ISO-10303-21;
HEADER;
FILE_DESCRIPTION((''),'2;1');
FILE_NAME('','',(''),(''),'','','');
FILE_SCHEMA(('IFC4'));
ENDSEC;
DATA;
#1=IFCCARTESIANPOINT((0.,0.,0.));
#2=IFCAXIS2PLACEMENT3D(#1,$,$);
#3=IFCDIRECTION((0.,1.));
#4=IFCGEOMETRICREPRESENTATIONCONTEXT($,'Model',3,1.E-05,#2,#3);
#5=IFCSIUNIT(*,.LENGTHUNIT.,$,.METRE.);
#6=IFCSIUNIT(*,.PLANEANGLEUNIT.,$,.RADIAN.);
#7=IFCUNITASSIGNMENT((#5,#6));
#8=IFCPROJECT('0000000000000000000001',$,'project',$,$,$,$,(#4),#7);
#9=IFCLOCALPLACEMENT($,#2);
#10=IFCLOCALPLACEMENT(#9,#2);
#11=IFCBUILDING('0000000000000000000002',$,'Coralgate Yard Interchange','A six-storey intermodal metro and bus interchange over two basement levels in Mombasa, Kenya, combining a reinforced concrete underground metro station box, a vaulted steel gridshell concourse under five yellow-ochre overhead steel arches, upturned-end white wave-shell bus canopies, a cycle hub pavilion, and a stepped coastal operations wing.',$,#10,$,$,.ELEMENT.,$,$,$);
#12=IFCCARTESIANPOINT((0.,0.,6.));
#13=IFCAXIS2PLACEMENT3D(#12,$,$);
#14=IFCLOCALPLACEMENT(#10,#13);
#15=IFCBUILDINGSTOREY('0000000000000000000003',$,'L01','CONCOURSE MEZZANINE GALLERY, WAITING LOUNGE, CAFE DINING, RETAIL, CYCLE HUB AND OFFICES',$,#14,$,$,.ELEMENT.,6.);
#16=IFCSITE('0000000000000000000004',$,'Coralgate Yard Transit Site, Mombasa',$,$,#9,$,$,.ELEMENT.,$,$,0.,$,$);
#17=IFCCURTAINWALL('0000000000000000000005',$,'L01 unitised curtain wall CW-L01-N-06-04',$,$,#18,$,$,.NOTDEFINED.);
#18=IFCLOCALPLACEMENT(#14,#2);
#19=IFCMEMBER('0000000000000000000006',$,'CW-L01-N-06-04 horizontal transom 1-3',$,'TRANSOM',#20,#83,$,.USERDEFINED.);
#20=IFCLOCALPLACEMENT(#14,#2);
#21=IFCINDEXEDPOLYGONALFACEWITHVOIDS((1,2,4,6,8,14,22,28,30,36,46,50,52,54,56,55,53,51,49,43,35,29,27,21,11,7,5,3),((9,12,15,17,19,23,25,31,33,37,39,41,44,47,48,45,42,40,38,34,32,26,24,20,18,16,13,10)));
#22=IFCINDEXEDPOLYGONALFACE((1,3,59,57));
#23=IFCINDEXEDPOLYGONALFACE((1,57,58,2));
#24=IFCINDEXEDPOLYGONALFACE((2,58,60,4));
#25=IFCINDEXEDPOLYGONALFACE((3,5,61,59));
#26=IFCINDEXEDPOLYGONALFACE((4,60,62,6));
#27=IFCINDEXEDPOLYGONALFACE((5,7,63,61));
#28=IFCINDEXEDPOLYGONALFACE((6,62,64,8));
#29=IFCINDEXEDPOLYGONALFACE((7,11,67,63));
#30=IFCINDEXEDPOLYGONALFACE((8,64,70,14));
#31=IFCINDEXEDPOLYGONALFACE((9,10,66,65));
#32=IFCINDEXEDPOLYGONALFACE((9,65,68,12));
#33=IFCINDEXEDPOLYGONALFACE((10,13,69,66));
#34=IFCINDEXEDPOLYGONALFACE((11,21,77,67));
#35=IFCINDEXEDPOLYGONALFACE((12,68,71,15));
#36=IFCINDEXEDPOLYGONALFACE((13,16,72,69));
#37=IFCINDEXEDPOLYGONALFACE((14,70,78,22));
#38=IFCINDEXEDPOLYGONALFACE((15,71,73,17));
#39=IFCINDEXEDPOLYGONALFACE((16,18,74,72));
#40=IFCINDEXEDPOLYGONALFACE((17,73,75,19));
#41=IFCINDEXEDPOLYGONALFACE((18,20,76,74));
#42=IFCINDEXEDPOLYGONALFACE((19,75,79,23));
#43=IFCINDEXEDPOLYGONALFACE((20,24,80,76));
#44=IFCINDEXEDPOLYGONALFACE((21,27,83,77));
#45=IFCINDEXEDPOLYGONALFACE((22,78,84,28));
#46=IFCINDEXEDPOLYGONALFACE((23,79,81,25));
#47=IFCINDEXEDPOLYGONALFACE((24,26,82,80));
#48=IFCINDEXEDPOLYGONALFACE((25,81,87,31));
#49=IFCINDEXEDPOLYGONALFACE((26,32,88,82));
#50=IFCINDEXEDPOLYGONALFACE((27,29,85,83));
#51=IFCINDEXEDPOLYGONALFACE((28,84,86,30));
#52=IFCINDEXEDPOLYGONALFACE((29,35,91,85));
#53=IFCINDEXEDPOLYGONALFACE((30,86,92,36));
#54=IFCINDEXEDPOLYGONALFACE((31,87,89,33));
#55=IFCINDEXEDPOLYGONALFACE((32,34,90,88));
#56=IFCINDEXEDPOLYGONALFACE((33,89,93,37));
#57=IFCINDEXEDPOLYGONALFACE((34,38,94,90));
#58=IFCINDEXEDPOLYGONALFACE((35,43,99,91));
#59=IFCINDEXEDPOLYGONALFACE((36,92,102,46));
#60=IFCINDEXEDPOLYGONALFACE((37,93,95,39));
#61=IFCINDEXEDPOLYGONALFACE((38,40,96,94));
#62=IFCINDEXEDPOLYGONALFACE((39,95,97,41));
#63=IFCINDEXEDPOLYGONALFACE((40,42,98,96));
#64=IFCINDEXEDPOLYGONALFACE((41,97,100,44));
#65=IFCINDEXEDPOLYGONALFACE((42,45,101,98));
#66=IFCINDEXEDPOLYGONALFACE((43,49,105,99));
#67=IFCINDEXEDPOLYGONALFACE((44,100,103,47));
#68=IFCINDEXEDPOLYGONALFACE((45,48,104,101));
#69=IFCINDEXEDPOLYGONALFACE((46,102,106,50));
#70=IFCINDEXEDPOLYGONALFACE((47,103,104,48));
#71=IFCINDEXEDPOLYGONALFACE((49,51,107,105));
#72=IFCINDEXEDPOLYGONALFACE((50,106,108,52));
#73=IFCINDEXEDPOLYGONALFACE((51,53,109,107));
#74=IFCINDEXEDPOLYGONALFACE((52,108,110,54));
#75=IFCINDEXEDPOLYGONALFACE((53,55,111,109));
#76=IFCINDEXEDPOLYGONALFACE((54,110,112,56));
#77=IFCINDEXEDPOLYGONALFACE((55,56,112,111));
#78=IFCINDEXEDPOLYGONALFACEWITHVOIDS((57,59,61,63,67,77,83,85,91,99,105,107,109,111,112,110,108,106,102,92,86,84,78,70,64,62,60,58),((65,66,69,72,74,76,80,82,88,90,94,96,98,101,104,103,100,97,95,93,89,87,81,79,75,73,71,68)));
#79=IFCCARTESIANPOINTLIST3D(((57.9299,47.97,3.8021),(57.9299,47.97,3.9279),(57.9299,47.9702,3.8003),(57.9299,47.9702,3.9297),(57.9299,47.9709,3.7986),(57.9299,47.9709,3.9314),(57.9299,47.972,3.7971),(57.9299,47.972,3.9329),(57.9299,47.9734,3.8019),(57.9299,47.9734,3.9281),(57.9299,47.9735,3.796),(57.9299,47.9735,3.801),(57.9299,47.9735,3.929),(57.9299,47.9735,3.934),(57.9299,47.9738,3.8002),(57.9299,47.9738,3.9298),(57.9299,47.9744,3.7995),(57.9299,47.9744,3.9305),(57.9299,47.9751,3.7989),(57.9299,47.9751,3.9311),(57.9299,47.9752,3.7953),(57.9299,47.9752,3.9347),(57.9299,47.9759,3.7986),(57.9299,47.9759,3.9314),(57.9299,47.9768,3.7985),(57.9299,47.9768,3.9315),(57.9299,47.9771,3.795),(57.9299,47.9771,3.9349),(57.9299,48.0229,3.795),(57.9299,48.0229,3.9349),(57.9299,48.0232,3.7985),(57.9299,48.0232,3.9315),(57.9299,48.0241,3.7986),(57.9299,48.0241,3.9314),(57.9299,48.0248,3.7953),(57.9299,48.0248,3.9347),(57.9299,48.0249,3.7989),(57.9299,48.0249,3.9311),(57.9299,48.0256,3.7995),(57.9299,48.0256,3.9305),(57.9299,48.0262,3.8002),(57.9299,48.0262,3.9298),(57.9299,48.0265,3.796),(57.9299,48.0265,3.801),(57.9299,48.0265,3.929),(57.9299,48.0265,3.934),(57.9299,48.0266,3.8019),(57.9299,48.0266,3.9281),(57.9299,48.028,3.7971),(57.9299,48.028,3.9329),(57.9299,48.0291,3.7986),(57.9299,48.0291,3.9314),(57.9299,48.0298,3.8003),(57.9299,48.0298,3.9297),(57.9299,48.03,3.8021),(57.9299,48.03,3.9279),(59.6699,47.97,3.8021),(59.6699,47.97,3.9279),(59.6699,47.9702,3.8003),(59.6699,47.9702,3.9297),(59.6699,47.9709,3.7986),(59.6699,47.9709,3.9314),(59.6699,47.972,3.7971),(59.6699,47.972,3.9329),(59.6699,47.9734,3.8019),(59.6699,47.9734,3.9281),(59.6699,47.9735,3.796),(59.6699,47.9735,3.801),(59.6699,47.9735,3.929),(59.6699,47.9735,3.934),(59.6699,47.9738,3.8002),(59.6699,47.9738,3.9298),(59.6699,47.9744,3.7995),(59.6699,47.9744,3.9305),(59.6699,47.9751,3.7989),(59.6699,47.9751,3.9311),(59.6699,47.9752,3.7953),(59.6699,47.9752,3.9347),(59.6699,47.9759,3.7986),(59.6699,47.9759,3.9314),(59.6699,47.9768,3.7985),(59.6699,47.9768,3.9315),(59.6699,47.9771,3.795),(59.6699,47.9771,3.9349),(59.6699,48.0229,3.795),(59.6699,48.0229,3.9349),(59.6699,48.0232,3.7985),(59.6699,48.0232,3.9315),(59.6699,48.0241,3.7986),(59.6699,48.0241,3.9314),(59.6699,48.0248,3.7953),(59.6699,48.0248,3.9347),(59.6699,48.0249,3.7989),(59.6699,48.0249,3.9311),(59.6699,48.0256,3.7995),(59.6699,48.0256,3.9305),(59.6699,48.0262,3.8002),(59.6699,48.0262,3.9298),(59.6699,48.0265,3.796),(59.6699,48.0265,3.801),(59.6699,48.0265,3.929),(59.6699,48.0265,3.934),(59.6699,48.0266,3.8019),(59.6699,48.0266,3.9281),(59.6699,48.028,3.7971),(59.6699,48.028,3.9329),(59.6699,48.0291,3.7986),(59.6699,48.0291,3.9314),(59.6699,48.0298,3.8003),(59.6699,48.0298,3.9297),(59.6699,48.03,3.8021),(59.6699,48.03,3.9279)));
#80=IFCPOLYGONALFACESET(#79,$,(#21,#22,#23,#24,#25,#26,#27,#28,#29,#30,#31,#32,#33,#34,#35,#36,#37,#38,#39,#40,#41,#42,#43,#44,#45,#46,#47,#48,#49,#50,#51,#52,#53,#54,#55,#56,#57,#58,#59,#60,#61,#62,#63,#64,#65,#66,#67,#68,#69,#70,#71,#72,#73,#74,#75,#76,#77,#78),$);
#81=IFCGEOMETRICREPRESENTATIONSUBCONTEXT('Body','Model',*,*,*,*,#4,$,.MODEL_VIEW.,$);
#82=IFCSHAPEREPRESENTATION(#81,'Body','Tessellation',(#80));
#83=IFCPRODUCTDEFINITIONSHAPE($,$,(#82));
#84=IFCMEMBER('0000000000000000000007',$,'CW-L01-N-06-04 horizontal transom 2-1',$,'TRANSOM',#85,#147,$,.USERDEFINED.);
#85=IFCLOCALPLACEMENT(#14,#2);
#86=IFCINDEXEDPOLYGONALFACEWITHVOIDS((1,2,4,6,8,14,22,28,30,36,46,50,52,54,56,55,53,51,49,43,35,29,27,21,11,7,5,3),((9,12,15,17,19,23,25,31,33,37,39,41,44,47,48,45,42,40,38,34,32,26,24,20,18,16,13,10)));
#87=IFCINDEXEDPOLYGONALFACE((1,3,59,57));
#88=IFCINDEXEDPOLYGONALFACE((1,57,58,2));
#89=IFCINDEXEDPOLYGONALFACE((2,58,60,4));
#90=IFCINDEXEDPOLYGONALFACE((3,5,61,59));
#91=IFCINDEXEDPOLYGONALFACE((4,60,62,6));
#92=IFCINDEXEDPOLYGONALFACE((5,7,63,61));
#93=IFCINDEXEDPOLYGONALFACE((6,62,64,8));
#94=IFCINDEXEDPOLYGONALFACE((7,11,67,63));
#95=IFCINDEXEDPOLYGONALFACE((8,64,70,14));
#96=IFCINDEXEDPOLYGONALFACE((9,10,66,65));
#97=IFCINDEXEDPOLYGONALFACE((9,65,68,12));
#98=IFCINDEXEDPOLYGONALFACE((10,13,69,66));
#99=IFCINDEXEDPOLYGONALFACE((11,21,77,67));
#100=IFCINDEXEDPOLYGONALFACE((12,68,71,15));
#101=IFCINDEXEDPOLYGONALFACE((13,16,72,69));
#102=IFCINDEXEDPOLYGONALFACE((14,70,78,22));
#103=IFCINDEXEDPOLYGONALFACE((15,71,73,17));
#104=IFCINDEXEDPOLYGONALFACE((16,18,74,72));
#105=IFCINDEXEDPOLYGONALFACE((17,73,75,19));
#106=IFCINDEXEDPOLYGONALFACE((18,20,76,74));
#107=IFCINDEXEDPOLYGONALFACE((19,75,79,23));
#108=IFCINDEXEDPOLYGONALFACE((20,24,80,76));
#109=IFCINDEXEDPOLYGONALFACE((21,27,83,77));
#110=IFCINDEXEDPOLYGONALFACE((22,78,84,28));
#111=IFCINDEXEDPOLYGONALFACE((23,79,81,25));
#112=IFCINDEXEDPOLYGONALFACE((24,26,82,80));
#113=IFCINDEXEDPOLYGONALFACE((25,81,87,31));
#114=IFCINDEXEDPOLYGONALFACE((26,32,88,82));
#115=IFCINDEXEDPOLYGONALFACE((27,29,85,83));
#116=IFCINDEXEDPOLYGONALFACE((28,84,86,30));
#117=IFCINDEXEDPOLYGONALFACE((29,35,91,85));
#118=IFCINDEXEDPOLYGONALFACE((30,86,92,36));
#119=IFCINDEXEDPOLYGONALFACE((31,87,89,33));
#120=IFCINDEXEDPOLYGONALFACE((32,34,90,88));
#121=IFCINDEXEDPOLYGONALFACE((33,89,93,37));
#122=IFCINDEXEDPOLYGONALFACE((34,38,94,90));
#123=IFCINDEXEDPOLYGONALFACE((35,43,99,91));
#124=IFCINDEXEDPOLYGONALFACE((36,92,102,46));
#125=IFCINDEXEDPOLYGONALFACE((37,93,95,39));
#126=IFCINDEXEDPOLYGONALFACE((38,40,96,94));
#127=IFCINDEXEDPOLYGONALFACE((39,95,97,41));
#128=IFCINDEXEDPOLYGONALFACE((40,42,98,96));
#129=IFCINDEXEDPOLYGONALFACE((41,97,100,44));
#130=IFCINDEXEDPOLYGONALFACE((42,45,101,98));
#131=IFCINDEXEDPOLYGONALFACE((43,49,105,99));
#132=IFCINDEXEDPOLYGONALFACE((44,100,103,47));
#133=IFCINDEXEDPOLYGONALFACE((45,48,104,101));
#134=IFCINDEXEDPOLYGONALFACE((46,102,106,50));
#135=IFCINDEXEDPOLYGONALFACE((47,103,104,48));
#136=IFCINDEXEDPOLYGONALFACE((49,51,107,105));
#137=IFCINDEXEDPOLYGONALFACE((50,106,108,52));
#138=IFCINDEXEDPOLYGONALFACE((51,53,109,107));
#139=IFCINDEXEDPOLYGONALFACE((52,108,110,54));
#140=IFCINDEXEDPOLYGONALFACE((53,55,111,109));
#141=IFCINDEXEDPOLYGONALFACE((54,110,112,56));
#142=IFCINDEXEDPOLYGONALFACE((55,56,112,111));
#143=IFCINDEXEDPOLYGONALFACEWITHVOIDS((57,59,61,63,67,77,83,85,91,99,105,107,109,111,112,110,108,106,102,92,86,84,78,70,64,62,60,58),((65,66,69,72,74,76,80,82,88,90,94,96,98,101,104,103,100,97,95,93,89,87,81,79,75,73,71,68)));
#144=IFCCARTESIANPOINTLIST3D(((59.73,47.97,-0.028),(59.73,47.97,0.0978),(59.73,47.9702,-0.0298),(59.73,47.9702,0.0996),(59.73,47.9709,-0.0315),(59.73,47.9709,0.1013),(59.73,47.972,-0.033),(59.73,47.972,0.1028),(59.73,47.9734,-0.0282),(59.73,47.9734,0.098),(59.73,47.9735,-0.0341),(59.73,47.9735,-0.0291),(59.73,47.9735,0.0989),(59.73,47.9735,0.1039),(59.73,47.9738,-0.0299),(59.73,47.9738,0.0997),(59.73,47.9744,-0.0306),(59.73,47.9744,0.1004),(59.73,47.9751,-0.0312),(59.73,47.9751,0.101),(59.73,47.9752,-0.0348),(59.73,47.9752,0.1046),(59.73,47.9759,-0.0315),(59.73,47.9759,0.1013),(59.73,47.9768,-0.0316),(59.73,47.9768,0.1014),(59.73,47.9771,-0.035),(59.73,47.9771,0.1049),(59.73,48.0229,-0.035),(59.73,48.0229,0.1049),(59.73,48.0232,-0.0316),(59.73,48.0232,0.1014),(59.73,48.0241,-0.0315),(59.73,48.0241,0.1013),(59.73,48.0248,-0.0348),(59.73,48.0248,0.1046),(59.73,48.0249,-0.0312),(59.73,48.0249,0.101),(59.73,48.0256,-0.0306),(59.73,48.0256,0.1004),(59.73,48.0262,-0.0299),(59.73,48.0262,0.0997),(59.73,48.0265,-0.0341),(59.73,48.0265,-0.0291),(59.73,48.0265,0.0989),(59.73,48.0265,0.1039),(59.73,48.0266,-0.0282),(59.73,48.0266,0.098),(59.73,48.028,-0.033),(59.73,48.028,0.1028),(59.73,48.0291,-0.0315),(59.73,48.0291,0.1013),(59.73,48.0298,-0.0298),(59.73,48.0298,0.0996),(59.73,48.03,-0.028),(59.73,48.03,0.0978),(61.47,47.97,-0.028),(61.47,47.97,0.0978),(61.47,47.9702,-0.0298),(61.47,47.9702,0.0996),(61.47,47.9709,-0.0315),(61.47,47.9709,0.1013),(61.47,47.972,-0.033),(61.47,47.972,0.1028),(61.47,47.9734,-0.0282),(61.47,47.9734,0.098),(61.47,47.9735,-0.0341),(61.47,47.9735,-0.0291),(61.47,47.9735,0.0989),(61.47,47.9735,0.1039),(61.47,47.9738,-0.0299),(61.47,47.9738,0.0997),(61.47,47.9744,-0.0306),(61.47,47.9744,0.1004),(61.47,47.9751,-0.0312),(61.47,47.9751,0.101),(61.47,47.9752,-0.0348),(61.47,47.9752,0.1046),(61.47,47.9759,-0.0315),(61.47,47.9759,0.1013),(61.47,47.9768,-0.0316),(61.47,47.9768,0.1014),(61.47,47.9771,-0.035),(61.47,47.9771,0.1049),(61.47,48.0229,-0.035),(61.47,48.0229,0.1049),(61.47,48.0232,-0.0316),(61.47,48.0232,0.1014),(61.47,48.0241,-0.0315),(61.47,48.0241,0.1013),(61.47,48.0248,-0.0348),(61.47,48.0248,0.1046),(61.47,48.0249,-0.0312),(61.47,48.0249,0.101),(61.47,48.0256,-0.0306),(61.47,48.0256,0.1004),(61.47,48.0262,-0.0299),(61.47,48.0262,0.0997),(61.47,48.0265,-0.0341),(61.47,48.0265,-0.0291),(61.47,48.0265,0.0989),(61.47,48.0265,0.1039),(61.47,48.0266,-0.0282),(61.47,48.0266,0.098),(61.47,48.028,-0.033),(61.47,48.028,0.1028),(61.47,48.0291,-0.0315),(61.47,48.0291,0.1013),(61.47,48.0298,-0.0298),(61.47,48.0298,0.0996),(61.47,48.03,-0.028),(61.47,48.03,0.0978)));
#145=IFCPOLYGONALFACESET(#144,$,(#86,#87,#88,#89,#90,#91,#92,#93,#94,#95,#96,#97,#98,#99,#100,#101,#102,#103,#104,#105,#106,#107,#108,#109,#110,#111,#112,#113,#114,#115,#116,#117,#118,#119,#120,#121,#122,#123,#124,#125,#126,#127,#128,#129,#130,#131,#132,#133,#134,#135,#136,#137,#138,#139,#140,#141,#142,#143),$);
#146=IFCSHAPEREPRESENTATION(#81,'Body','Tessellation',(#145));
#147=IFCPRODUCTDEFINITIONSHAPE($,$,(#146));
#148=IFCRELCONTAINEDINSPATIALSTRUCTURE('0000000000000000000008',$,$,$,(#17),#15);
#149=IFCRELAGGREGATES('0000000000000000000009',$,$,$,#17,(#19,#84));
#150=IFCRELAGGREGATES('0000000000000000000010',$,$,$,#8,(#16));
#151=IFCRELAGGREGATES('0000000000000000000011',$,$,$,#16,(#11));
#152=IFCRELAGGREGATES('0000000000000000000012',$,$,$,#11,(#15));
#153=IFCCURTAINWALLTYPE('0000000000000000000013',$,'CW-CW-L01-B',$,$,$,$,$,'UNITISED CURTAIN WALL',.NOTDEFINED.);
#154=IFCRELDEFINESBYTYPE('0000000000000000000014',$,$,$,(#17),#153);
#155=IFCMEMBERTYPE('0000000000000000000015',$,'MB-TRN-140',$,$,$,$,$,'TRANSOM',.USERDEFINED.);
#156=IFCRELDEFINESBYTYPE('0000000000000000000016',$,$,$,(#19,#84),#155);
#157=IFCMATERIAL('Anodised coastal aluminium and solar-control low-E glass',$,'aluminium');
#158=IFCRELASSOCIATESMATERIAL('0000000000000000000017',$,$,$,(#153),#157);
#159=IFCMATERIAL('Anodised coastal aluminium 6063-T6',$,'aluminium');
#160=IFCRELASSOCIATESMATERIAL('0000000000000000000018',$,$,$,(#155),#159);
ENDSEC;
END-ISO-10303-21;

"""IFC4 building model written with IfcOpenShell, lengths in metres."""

from ifc_helpers import new_model, si_unit, direction, frame, origin, origin_2d, place, context, subcontext, project, spatial, hollow_rectangle, extrude, material, material_profile, profile_set, type_object, element, aggregate, save


model = new_model("IFC4")

# Units and contexts
model_context = context("Model", 3, precision=1e-05, world=origin(), true_north=direction((0.0, 1.0)))
body_context = subcontext(model_context, "Body", "Model", "MODEL_VIEW")
ifc_project = project(units=[si_unit("LENGTHUNIT", "METRE"), si_unit("PLANEANGLEUNIT", "RADIAN")], contexts=[model_context])

# Site, building, storey
site_placement = place(None, origin())
site = spatial("IfcSite", under=ifc_project, at=site_placement, Name="Coralgate Yard Transit Site, Mombasa", CompositionType="ELEMENT", RefElevation=0.0)
building_placement = place(site_placement, origin())
building = spatial("IfcBuilding", under=site, at=building_placement, Name="Coralgate Yard Interchange", Description="A six-storey intermodal metro and bus interchange over two basement levels in Mombasa, Kenya, combining a reinforced concrete underground metro station box, a vaulted steel gridshell concourse under five yellow-ochre overhead steel arches, upturned-end white wave-shell bus canopies, a cycle hub pavilion, and a stepped coastal operations wing.", CompositionType="ELEMENT")
storey_placement = place(building_placement, frame((0.0, 0.0, 6.0)))
storey = spatial("IfcBuildingStorey", under=building, at=storey_placement, Name="L01", Description="CONCOURSE MEZZANINE GALLERY, WAITING LOUNGE, CAFE DINING, RETAIL, CYCLE HUB AND OFFICES", CompositionType="ELEMENT", Elevation=6.0)

# Shared definitions
ifc_material_1 = material(Name="Anodised coastal aluminium and solar-control low-E glass", Category="aluminium")
curtain_wall_type = type_object("IfcCurtainWallType", Name="CW-CW-L01-B", ElementType="UNITISED CURTAIN WALL", PredefinedType="NOTDEFINED", material=ifc_material_1)
ifc_material_2 = material(Name="Anodised coastal aluminium 6063-T6", Category="aluminium")

# Curtain wall, members
curtain_wall_1_placement = place(storey_placement, origin())
curtain_wall_1 = element("IfcCurtainWall", 1, at=curtain_wall_1_placement, inside=storey, type_object=curtain_wall_type, Name="L01 unitised curtain wall CW-L01-N-06-04", PredefinedType="NOTDEFINED")
ifc_material_profile_1 = material_profile(ifc_material_2, hollow_rectangle(XDim=0.0601, YDim=0.1399, WallThickness=0.0034, InnerFilletRadius=0.0034, OuterFilletRadius=0.0071, at=origin_2d()), Name="ALU 60x140x3.5")
ifc_profile_set_1 = profile_set([ifc_material_profile_1], Name="Anodised coastal aluminium 6063-T6")
member_type_1 = type_object("IfcMemberType", Name="MB-TRN-140", ElementType="TRANSOM", PredefinedType="USERDEFINED", material=ifc_profile_set_1)
member_1_placement = place(storey_placement, frame((57.9299, 48.0, 3.865), z_axis=(1.0, 0.0, 0.0), x_axis=(0.0, 1.0, 0.0)))
member_1 = element("IfcMember", 2, at=member_1_placement, type_object=member_type_1, Name="CW-L01-N-06-04 horizontal transom 1-3", ObjectType="TRANSOM", PredefinedType="USERDEFINED", context=body_context, shape_type="SweptSolid", body=[
    extrude(hollow_rectangle(XDim=0.0601, YDim=0.1399, WallThickness=0.0034, InnerFilletRadius=0.0034, OuterFilletRadius=0.0071, at=origin_2d()), origin(), (0.0, 0.0, 1.0), 1.74),
])
member_2_placement = place(storey_placement, frame((59.73, 48.0, 0.0349), z_axis=(1.0, 0.0, 0.0), x_axis=(0.0, 1.0, 0.0)))
member_2 = element("IfcMember", 3, at=member_2_placement, type_object=member_type_1, Name="CW-L01-N-06-04 horizontal transom 2-1", ObjectType="TRANSOM", PredefinedType="USERDEFINED", context=body_context, shape_type="SweptSolid", body=[
    extrude(hollow_rectangle(XDim=0.0601, YDim=0.1399, WallThickness=0.0034, InnerFilletRadius=0.0034, OuterFilletRadius=0.0071, at=origin_2d()), origin(), (0.0, 0.0, 1.0), 1.74),
])
aggregate(curtain_wall_1, [member_1, member_2])

save(model, "model.ifc")
